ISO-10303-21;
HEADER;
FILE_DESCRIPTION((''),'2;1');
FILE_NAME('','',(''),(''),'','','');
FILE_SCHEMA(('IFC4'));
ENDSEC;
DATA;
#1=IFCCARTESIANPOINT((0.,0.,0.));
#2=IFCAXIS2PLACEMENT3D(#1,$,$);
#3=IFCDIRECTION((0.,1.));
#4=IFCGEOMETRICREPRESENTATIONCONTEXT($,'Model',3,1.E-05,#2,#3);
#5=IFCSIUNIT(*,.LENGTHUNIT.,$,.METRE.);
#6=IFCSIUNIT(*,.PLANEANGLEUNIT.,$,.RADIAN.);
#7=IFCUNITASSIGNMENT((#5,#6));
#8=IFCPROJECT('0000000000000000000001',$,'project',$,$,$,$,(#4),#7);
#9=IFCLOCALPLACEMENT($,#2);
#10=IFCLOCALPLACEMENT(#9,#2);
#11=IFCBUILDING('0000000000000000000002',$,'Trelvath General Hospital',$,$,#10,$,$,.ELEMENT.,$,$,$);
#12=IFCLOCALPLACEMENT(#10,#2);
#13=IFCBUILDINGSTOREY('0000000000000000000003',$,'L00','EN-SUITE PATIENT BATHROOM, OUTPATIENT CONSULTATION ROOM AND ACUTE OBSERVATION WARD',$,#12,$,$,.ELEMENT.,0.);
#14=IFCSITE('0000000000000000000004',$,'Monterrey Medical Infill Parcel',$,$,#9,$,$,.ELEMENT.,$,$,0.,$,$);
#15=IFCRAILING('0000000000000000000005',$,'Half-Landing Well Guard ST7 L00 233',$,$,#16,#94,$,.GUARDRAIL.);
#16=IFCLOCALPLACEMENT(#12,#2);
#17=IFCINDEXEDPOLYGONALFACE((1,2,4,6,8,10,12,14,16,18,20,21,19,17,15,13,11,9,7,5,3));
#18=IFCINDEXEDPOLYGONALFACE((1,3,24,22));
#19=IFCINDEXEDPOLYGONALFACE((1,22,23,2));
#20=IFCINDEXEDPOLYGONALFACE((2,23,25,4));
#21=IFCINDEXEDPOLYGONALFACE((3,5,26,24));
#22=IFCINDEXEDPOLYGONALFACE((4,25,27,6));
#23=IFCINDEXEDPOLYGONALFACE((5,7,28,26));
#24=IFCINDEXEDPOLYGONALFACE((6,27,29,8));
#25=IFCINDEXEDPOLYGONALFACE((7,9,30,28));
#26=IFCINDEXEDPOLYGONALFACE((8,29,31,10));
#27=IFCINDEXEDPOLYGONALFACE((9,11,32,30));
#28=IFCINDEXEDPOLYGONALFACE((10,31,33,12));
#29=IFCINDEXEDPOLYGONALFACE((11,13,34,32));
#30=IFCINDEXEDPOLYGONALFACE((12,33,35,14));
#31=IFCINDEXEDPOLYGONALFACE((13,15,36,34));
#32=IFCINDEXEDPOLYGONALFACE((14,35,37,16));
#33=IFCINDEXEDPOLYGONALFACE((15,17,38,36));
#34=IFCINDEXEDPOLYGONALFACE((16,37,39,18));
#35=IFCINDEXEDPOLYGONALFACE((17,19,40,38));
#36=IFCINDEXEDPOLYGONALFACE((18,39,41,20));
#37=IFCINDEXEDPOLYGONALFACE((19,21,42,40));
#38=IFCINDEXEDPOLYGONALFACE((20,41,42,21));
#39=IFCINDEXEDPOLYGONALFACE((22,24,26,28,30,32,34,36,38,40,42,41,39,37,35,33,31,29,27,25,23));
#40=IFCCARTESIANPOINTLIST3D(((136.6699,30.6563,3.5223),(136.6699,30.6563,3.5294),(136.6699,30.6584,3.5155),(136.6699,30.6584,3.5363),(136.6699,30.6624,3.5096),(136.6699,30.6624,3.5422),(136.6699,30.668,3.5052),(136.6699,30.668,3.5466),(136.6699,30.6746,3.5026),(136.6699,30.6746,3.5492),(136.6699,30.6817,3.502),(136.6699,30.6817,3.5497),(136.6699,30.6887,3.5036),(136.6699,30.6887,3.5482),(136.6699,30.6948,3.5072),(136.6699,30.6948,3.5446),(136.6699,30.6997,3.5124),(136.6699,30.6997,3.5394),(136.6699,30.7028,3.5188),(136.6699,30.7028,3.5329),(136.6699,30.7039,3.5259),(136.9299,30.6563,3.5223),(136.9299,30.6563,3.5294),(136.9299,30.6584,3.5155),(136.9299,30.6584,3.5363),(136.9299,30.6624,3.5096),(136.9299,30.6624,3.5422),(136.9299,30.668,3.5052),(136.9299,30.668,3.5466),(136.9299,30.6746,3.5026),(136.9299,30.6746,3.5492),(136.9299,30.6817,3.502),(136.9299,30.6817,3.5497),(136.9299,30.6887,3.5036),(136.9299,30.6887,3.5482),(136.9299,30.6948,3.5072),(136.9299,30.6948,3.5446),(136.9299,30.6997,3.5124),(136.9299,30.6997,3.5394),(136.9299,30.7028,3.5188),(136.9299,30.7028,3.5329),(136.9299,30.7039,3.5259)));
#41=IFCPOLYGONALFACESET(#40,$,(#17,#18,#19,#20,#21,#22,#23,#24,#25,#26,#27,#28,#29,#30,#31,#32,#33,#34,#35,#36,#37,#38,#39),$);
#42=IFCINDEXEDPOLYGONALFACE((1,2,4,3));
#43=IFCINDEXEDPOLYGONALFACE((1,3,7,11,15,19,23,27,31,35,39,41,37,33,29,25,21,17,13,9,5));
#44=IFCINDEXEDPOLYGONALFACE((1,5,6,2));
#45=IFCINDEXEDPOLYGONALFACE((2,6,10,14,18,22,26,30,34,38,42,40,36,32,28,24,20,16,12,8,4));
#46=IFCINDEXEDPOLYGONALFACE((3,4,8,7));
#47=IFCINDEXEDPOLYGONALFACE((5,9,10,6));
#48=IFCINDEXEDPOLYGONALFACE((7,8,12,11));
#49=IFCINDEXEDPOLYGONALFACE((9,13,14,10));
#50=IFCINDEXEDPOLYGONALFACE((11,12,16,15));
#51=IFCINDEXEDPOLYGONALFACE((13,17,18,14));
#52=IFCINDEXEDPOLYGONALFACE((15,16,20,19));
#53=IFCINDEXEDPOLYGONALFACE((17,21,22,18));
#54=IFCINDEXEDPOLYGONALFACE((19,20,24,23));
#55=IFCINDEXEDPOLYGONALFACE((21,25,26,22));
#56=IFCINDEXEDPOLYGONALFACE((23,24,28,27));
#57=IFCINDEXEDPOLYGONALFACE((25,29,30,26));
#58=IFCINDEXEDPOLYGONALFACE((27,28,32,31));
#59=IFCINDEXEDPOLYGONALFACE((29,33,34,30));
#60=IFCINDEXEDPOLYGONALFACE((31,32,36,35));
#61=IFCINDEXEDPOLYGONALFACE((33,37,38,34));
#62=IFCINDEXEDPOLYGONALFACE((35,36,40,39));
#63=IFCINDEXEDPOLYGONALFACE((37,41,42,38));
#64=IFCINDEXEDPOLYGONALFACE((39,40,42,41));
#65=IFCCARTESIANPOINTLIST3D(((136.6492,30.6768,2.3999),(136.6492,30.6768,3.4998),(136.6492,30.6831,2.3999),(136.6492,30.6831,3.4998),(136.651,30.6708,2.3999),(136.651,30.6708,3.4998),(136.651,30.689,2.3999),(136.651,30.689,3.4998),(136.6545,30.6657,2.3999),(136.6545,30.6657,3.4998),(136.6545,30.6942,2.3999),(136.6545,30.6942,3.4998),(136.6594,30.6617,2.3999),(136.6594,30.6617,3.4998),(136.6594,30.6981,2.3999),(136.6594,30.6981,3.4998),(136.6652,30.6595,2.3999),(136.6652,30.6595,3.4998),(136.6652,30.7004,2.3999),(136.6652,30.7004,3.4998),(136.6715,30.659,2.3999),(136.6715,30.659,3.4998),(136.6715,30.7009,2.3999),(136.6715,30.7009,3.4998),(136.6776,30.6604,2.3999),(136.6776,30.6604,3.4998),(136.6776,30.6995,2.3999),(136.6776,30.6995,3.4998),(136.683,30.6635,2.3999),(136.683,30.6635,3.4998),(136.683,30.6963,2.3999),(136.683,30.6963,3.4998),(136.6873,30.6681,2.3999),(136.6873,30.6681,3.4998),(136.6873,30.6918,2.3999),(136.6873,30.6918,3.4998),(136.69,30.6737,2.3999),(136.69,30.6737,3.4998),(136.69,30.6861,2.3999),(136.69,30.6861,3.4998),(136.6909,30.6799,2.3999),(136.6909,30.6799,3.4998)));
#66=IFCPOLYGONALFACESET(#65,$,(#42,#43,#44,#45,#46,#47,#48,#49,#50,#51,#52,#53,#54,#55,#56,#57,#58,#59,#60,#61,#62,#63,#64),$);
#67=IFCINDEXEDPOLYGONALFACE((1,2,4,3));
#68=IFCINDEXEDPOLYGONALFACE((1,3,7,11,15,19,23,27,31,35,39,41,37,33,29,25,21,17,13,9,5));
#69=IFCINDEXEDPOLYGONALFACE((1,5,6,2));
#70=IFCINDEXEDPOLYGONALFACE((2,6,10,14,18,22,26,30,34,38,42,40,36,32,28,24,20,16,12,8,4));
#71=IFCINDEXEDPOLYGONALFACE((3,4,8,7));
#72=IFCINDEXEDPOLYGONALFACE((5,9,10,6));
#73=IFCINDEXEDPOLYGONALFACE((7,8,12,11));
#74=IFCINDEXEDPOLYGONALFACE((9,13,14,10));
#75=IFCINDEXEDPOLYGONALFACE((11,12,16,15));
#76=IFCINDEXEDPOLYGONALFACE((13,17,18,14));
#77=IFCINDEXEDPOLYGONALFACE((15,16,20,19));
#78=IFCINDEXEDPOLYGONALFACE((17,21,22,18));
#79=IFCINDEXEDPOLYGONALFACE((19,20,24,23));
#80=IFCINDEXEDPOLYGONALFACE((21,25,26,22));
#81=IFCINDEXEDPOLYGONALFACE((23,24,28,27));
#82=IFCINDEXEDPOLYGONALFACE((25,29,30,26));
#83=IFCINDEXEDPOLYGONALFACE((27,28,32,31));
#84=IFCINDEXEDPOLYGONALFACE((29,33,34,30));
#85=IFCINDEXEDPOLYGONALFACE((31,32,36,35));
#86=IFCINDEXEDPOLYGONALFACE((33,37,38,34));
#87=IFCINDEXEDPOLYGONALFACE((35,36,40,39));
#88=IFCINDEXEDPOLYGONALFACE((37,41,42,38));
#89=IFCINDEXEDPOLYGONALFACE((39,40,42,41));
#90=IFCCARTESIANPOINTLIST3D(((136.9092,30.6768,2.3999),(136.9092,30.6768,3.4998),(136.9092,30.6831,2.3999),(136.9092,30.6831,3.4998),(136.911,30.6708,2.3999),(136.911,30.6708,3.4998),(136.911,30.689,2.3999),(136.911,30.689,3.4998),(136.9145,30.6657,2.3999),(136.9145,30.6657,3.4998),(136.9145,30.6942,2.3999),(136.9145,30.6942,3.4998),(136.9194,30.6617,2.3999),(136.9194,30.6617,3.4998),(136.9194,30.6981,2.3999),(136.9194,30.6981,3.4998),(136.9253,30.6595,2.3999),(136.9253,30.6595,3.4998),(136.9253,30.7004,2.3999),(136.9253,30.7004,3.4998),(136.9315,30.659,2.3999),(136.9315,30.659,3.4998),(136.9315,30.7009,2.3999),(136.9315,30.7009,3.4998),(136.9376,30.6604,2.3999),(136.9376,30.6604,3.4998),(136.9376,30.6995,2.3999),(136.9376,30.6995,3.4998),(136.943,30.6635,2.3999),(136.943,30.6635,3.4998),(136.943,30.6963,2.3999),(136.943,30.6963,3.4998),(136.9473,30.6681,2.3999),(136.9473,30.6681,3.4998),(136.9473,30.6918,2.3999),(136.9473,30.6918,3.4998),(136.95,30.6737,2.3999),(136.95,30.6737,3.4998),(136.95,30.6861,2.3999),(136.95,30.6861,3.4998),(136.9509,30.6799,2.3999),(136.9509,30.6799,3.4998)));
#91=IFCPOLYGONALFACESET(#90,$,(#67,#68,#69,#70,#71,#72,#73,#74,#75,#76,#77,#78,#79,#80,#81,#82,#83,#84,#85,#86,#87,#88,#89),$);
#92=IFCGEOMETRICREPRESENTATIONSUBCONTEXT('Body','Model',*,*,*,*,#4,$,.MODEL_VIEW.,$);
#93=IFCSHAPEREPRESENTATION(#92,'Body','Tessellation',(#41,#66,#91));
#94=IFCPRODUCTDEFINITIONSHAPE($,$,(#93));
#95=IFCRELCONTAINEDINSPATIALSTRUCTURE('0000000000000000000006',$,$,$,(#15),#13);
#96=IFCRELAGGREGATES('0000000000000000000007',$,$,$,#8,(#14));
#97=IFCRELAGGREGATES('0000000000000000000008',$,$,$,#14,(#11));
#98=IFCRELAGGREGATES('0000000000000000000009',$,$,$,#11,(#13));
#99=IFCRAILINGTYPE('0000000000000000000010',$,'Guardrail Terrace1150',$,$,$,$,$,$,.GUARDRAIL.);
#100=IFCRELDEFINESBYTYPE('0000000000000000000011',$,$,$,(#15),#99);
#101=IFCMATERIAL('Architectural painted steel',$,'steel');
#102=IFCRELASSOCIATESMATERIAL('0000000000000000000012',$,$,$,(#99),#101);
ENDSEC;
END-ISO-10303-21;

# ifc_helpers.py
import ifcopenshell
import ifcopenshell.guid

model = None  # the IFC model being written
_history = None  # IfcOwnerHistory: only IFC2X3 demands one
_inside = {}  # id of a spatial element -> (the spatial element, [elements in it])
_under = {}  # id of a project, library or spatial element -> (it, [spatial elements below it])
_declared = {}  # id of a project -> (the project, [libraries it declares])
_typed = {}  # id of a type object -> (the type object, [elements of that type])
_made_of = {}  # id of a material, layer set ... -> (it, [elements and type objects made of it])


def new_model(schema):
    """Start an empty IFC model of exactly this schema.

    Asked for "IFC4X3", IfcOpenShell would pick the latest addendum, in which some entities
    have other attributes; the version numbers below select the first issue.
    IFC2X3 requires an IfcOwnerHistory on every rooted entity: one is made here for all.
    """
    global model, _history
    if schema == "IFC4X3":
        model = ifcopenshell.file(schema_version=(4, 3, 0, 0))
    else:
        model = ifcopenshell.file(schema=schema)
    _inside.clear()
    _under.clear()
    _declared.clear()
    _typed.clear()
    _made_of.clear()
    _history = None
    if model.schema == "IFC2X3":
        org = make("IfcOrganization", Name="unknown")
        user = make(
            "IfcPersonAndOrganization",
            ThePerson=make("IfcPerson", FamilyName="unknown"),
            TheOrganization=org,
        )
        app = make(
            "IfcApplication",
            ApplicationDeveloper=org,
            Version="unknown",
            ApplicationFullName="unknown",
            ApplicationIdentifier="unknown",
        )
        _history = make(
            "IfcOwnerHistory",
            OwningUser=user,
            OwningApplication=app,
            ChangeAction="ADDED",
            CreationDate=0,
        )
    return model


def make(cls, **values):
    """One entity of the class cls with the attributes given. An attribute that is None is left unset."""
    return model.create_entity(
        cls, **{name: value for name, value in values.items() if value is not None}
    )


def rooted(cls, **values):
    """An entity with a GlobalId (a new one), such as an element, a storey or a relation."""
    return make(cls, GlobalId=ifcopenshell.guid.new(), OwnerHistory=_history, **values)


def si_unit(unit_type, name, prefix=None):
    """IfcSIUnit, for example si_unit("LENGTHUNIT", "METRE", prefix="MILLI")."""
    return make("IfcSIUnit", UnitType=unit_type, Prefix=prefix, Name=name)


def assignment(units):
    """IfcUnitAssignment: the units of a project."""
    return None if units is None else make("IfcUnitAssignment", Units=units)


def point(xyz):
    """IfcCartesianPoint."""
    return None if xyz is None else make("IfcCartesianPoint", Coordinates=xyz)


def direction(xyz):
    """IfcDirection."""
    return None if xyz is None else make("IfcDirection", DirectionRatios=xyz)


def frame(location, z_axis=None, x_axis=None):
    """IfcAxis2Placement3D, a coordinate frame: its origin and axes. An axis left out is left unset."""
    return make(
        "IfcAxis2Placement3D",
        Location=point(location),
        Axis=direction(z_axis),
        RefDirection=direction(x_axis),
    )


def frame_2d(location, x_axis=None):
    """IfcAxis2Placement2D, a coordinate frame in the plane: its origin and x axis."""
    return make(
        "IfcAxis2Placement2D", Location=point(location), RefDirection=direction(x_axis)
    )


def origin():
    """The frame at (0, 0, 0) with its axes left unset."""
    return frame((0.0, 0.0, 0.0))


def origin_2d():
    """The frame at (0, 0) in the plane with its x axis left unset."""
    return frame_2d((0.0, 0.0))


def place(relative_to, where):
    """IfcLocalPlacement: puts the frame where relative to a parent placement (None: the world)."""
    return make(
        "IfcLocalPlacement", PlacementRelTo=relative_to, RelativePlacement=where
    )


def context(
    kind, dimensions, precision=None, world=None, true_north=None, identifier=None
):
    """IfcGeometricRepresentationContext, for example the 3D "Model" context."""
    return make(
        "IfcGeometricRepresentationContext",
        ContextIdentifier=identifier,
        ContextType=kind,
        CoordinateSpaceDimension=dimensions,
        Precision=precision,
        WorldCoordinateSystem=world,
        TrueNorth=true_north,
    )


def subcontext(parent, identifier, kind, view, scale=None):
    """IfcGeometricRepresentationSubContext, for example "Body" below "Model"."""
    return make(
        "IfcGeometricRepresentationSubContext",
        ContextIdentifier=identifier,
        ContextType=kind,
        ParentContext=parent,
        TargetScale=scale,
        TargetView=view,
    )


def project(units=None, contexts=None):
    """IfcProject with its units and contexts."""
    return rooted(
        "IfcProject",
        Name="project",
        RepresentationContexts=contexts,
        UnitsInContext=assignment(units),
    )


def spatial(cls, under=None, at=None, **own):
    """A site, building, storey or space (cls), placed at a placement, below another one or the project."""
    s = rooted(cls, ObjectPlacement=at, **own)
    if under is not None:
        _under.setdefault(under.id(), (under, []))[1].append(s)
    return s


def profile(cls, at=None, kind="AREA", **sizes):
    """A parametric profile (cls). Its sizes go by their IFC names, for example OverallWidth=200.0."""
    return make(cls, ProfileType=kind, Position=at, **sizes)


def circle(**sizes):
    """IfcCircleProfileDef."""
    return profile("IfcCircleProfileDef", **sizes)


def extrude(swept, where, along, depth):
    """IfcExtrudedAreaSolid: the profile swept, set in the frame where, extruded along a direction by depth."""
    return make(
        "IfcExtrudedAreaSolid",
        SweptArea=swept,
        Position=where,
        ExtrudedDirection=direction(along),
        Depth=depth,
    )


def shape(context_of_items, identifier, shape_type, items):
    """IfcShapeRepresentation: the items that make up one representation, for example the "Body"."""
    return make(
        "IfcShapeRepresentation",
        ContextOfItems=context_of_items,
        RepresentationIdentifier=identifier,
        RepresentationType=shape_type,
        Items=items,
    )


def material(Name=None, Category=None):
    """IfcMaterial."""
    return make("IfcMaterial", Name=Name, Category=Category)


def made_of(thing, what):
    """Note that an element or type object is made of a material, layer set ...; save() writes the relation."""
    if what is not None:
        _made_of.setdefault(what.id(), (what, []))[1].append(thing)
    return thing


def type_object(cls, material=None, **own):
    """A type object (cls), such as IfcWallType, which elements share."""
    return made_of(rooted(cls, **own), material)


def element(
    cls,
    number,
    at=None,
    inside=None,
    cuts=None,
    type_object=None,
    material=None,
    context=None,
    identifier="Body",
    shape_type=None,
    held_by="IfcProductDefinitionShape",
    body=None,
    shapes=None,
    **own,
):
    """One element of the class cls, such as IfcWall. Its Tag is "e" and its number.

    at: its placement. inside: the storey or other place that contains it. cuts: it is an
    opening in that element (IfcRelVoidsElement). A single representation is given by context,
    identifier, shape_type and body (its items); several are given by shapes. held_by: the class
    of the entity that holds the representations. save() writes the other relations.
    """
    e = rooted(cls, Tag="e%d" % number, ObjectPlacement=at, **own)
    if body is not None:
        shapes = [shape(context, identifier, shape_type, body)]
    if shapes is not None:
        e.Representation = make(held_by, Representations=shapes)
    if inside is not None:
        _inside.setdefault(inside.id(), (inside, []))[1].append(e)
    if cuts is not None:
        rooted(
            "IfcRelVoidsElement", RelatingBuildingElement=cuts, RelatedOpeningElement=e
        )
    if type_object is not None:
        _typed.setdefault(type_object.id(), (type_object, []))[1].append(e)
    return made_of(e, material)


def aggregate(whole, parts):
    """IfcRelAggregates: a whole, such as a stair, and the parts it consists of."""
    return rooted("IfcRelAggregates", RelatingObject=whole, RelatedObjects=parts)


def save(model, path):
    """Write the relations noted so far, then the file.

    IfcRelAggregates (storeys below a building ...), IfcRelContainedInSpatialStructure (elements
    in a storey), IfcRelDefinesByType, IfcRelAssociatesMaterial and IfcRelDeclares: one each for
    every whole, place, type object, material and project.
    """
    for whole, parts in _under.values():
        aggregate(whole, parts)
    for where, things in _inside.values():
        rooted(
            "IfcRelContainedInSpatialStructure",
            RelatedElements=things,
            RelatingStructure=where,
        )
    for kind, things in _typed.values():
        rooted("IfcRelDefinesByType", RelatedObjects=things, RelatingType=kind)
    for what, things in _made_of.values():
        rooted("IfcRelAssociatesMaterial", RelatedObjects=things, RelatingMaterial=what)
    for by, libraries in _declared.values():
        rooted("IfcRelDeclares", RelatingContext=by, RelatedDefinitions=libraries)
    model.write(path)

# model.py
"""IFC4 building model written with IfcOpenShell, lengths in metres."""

from ifc_helpers import new_model, si_unit, direction, frame, origin, origin_2d, place, context, subcontext, project, spatial, circle, extrude, material, type_object, element, save


model = new_model("IFC4")

# Units and contexts
model_context = context("Model", 3, precision=1e-05, world=origin(), true_north=direction((0.0, 1.0)))
body_context = subcontext(model_context, "Body", "Model", "MODEL_VIEW")
ifc_project = project(units=[si_unit("LENGTHUNIT", "METRE"), si_unit("PLANEANGLEUNIT", "RADIAN")], contexts=[model_context])

# Site, building, storey
site_placement = place(None, origin())
site = spatial("IfcSite", under=ifc_project, at=site_placement, Name="Monterrey Medical Infill Parcel", CompositionType="ELEMENT", RefElevation=0.0)
building_placement = place(site_placement, origin())
building = spatial("IfcBuilding", under=site, at=building_placement, Name="Trelvath General Hospital", CompositionType="ELEMENT")
storey_placement = place(building_placement, origin())
storey = spatial("IfcBuildingStorey", under=building, at=storey_placement, Name="L00", Description="EN-SUITE PATIENT BATHROOM, OUTPATIENT CONSULTATION ROOM AND ACUTE OBSERVATION WARD", CompositionType="ELEMENT", Elevation=0.0)

# Railing
ifc_material_1 = material(Name="Architectural painted steel", Category="steel")
railing_type_1 = type_object("IfcRailingType", Name="Guardrail Terrace1150", PredefinedType="GUARDRAIL", material=ifc_material_1)
railing_1_placement = place(storey_placement, frame((136.6699, 30.6799, 2.3999)))
element("IfcRailing", 1, at=railing_1_placement, inside=storey, type_object=railing_type_1, Name="Half-Landing Well Guard ST7 L00 233", PredefinedType="GUARDRAIL", context=body_context, shape_type="SweptSolid", body=[
    extrude(circle(Radius=0.0239, at=origin_2d()), frame((0.0, 0.0, 1.126), z_axis=(1.0, 0.0, 0.0), x_axis=(0.0, 1.0, 0.0)), (0.0, 0.0, 1.0), 0.26),
    extrude(circle(Radius=0.021, at=origin_2d()), origin(), (0.0, 0.0, 1.0), 1.0999),
    extrude(circle(Radius=0.021, at=origin_2d()), frame((0.26, 0.0, 0.0)), (0.0, 0.0, 1.0), 1.0999),
])

save(model, "model.ifc")
